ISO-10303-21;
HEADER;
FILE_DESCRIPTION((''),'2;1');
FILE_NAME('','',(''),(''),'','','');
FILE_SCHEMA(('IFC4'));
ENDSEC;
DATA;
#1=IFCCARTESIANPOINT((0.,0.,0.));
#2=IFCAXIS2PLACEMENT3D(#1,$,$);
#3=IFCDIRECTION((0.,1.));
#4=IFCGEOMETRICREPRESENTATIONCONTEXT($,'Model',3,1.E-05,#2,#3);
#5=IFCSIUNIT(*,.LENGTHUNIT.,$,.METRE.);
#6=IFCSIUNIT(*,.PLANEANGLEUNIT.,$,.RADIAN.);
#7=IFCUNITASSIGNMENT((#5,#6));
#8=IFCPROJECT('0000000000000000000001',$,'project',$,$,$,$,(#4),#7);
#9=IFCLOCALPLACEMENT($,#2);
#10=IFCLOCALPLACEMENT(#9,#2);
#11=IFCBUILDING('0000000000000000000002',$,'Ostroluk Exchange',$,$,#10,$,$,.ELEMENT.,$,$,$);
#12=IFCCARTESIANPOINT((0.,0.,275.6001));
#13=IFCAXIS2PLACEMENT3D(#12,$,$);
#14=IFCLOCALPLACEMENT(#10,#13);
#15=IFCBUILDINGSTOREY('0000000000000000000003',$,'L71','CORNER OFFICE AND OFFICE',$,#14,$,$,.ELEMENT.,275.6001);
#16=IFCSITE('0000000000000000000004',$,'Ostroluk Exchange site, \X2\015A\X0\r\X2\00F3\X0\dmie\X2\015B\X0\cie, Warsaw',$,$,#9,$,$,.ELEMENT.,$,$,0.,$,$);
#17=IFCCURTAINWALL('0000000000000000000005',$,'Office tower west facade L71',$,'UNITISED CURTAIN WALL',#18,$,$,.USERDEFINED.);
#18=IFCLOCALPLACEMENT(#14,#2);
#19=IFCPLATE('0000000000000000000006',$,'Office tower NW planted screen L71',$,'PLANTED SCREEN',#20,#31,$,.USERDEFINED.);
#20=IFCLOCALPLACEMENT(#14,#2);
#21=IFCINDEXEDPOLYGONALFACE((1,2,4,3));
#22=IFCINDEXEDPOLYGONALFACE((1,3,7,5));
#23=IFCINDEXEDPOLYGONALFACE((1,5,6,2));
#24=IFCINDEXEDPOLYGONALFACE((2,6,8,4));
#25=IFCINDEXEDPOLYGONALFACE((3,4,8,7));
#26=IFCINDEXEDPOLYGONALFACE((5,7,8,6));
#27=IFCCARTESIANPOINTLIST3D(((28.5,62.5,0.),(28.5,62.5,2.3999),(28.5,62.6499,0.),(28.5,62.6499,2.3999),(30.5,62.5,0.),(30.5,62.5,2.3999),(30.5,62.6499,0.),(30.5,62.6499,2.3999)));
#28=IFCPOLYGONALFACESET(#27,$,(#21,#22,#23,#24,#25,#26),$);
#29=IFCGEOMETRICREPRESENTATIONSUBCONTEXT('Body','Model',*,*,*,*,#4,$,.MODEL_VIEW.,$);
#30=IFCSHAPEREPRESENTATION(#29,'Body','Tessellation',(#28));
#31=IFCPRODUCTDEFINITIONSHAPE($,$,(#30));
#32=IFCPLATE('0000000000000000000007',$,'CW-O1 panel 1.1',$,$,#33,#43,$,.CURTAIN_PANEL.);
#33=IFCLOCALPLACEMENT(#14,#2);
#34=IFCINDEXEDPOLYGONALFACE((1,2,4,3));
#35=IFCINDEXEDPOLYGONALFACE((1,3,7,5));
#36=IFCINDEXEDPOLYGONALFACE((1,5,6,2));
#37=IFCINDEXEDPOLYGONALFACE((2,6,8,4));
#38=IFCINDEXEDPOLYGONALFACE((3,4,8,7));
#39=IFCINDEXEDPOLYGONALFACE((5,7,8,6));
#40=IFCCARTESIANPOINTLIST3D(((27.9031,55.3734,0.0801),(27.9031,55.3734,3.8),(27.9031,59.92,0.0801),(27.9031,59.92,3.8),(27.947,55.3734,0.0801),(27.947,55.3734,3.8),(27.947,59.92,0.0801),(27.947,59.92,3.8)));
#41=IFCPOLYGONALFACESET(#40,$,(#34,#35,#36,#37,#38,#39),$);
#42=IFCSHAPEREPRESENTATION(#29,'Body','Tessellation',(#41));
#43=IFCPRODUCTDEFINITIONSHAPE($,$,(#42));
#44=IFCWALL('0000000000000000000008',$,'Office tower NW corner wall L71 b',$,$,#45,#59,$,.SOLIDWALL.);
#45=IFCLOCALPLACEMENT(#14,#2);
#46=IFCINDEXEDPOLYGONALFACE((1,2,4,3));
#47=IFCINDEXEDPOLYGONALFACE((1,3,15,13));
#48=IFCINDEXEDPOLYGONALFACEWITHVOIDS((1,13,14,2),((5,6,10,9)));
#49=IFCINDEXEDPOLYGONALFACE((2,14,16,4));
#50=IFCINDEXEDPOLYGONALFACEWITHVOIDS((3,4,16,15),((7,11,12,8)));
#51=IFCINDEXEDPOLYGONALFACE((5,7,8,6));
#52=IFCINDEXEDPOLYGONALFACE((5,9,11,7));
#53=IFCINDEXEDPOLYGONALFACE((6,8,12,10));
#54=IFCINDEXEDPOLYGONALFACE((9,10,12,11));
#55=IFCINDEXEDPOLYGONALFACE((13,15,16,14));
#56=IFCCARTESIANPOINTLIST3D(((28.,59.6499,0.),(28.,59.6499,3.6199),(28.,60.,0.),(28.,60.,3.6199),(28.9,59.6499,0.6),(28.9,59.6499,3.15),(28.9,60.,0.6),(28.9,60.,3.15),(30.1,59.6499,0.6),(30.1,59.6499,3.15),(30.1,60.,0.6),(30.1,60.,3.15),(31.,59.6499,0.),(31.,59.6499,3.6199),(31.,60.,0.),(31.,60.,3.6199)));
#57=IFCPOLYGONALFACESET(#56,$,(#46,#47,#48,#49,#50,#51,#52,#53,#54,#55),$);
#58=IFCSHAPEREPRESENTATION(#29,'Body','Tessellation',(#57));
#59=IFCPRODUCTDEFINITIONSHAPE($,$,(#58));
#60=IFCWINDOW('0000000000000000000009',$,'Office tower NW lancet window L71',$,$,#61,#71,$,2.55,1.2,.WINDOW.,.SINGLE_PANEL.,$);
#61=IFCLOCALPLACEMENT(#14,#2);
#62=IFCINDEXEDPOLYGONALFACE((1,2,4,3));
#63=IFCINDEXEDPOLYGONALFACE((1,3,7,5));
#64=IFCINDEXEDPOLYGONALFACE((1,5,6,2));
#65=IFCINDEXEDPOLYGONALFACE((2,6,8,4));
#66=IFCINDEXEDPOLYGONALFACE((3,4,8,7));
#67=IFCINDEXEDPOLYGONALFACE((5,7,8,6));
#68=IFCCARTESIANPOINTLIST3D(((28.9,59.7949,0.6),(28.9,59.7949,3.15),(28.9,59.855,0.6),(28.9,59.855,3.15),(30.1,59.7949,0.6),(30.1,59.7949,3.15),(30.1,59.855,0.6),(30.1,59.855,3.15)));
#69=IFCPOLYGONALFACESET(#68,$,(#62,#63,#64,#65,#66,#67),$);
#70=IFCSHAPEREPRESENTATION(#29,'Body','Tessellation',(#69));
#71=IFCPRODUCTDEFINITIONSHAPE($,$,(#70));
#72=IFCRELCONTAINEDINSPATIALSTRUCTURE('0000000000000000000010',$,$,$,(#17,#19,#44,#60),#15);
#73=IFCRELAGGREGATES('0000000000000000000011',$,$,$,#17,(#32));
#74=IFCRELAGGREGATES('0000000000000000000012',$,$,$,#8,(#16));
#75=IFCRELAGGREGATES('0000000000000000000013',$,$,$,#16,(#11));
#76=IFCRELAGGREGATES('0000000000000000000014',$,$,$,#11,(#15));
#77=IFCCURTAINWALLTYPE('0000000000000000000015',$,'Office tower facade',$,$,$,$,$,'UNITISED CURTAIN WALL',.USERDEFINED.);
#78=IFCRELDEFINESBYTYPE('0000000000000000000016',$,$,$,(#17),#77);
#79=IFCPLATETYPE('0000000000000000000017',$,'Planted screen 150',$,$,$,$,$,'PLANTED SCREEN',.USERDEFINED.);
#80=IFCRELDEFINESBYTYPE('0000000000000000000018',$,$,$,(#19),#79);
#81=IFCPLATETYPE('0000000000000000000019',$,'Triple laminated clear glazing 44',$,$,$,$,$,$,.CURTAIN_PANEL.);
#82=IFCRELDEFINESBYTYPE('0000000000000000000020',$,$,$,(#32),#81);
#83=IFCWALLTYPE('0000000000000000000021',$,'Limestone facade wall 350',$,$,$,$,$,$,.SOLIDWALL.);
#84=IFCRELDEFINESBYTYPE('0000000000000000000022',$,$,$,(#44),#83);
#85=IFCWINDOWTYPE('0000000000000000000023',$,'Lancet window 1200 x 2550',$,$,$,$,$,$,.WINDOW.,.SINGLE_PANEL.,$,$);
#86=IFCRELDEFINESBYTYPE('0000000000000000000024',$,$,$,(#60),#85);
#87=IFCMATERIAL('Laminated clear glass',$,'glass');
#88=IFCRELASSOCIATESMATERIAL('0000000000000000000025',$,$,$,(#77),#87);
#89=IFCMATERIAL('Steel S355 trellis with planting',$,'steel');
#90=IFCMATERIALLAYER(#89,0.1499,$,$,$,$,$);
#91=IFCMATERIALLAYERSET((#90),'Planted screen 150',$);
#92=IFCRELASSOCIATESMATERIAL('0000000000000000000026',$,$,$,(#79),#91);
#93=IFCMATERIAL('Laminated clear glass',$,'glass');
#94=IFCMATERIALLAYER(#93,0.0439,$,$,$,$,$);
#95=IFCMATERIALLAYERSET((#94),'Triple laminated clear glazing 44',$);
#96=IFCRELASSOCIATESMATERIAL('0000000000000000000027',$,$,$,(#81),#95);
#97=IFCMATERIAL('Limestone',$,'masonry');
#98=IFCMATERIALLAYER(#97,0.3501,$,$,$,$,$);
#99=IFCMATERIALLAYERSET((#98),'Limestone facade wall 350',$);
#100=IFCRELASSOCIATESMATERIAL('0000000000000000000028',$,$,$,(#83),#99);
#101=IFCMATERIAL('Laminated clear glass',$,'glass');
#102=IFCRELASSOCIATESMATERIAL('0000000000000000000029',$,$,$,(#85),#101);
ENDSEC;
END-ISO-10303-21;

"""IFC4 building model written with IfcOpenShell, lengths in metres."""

from ifc_helpers import new_model, si_unit, direction, frame, frame_2d, origin, origin_2d, place, context, subcontext, project, spatial, rectangle, extrude, material, layer, layer_set, type_object, element, fill, aggregate, save


model = new_model("IFC4")

# Units and contexts
model_context = context("Model", 3, precision=1e-05, world=origin(), true_north=direction((0.0, 1.0)))
body_context = subcontext(model_context, "Body", "Model", "MODEL_VIEW")
ifc_project = project(units=[si_unit("LENGTHUNIT", "METRE"), si_unit("PLANEANGLEUNIT", "RADIAN")], contexts=[model_context])

# Site, building, storey
site_placement = place(None, origin())
site = spatial("IfcSite", under=ifc_project, at=site_placement, Name="Ostroluk Exchange site, Śródmieście, Warsaw", CompositionType="ELEMENT", RefElevation=0.0)
building_placement = place(site_placement, origin())
building = spatial("IfcBuilding", under=site, at=building_placement, Name="Ostroluk Exchange", CompositionType="ELEMENT")
storey_placement = place(building_placement, frame((0.0, 0.0, 275.6001)))
storey = spatial("IfcBuildingStorey", under=building, at=storey_placement, Name="L71", Description="CORNER OFFICE AND OFFICE", CompositionType="ELEMENT", Elevation=275.6001)

# Curtain wall
ifc_material_1 = material(Name="Laminated clear glass", Category="glass")
curtain_wall_type = type_object("IfcCurtainWallType", Name="Office tower facade", ElementType="UNITISED CURTAIN WALL", PredefinedType="USERDEFINED", material=ifc_material_1)
curtain_wall_1_placement = place(storey_placement, origin())
curtain_wall_1 = element("IfcCurtainWall", 1, at=curtain_wall_1_placement, inside=storey, type_object=curtain_wall_type, Name="Office tower west facade L71", ObjectType="UNITISED CURTAIN WALL", PredefinedType="USERDEFINED")

# Plates
ifc_material_2 = material(Name="Steel S355 trellis with planting", Category="steel")
ifc_layer_1 = layer(ifc_material_2, 0.1499)
ifc_layer_set_1 = layer_set([ifc_layer_1], Name="Planted screen 150")
plate_type_1 = type_object("IfcPlateType", Name="Planted screen 150", ElementType="PLANTED SCREEN", PredefinedType="USERDEFINED", material=ifc_layer_set_1)
plate_1_placement = place(storey_placement, frame((29.5, 62.575, 0.0), z_axis=(0.0, 0.0, 1.0), x_axis=(1.0, 0.0, 0.0)))
element("IfcPlate", 2, at=plate_1_placement, inside=storey, type_object=plate_type_1, Name="Office tower NW planted screen L71", ObjectType="PLANTED SCREEN", PredefinedType="USERDEFINED", context=body_context, shape_type="SweptSolid", body=[
    extrude(rectangle(XDim=2.0, YDim=0.1499, at=origin_2d()), origin(), (0.0, 0.0, 1.0), 2.3999),
])
ifc_material_3 = material(Name="Laminated clear glass", Category="glass")
ifc_layer_2 = layer(ifc_material_3, 0.0439)
ifc_layer_set_2 = layer_set([ifc_layer_2], Name="Triple laminated clear glazing 44")
plate_type_2 = type_object("IfcPlateType", Name="Triple laminated clear glazing 44", PredefinedType="CURTAIN_PANEL", material=ifc_layer_set_2)
plate_2_placement = place(storey_placement, frame((27.925, 57.6467, 0.0801), z_axis=(0.0, 0.0, 1.0), x_axis=(0.0, -1.0, 0.0)))
plate_2 = element("IfcPlate", 3, at=plate_2_placement, type_object=plate_type_2, Name="CW-O1 panel 1.1", PredefinedType="CURTAIN_PANEL", context=body_context, shape_type="SweptSolid", body=[
    extrude(rectangle(XDim=4.5466, YDim=0.0439, at=origin_2d()), origin(), (0.0, 0.0, 1.0), 3.72),
])
aggregate(curtain_wall_1, [plate_2])

# Shared definitions
ifc_material_4 = material(Name="Limestone", Category="masonry")
ifc_layer_3 = layer(ifc_material_4, 0.3501)
ifc_layer_set_3 = layer_set([ifc_layer_3], Name="Limestone facade wall 350")
wall_type = type_object("IfcWallType", Name="Limestone facade wall 350", PredefinedType="SOLIDWALL", material=ifc_layer_set_3)

# Wall, opening, window
wall_1_placement = place(storey_placement, frame((31.0, 59.825, 0.0), z_axis=(0.0, 0.0, 1.0), x_axis=(-1.0, 0.0, 0.0)))
wall_1 = element("IfcWall", 4, at=wall_1_placement, inside=storey, type_object=wall_type, Name="Office tower NW corner wall L71 b", PredefinedType="SOLIDWALL", context=body_context, shape_type="SweptSolid", body=[
    extrude(rectangle(XDim=3.0, YDim=0.3501, at=frame_2d((1.5, 0.0))), origin(), (0.0, 0.0, 1.0), 3.6199),
])
opening_1_placement = place(wall_1_placement, frame((0.8999, 0.0, 0.6001)))
opening_1 = element("IfcOpeningElement", 5, at=opening_1_placement, cuts=wall_1, PredefinedType="OPENING", context=body_context, shape_type="SweptSolid", body=[
    extrude(rectangle(XDim=1.2, YDim=2.55, at=frame_2d((0.6001, 1.2749))), frame((0.0, 0.1851, 0.0), z_axis=(0.0, -1.0, 0.0), x_axis=(1.0, 0.0, 0.0)), (0.0, 0.0, 1.0), 0.3701),
])
ifc_material_5 = material(Name="Laminated clear glass", Category="glass")
window_type = type_object("IfcWindowType", Name="Lancet window 1200 x 2550", PartitioningType="SINGLE_PANEL", PredefinedType="WINDOW", material=ifc_material_5)
window_placement = place(opening_1_placement, origin())
window = element("IfcWindow", 6, at=window_placement, inside=storey, type_object=window_type, Name="Office tower NW lancet window L71", OverallHeight=2.55, OverallWidth=1.2, PartitioningType="SINGLE_PANEL", PredefinedType="WINDOW", context=body_context, shape_type="SweptSolid", body=[
    extrude(rectangle(XDim=1.2, YDim=2.55, at=frame_2d((0.6001, 1.2749))), frame((0.0, 0.03, 0.0), z_axis=(0.0, -1.0, 0.0), x_axis=(1.0, 0.0, 0.0)), (0.0, 0.0, 1.0), 0.0601),
])
fill(opening_1, window)

save(model, "model.ifc")
